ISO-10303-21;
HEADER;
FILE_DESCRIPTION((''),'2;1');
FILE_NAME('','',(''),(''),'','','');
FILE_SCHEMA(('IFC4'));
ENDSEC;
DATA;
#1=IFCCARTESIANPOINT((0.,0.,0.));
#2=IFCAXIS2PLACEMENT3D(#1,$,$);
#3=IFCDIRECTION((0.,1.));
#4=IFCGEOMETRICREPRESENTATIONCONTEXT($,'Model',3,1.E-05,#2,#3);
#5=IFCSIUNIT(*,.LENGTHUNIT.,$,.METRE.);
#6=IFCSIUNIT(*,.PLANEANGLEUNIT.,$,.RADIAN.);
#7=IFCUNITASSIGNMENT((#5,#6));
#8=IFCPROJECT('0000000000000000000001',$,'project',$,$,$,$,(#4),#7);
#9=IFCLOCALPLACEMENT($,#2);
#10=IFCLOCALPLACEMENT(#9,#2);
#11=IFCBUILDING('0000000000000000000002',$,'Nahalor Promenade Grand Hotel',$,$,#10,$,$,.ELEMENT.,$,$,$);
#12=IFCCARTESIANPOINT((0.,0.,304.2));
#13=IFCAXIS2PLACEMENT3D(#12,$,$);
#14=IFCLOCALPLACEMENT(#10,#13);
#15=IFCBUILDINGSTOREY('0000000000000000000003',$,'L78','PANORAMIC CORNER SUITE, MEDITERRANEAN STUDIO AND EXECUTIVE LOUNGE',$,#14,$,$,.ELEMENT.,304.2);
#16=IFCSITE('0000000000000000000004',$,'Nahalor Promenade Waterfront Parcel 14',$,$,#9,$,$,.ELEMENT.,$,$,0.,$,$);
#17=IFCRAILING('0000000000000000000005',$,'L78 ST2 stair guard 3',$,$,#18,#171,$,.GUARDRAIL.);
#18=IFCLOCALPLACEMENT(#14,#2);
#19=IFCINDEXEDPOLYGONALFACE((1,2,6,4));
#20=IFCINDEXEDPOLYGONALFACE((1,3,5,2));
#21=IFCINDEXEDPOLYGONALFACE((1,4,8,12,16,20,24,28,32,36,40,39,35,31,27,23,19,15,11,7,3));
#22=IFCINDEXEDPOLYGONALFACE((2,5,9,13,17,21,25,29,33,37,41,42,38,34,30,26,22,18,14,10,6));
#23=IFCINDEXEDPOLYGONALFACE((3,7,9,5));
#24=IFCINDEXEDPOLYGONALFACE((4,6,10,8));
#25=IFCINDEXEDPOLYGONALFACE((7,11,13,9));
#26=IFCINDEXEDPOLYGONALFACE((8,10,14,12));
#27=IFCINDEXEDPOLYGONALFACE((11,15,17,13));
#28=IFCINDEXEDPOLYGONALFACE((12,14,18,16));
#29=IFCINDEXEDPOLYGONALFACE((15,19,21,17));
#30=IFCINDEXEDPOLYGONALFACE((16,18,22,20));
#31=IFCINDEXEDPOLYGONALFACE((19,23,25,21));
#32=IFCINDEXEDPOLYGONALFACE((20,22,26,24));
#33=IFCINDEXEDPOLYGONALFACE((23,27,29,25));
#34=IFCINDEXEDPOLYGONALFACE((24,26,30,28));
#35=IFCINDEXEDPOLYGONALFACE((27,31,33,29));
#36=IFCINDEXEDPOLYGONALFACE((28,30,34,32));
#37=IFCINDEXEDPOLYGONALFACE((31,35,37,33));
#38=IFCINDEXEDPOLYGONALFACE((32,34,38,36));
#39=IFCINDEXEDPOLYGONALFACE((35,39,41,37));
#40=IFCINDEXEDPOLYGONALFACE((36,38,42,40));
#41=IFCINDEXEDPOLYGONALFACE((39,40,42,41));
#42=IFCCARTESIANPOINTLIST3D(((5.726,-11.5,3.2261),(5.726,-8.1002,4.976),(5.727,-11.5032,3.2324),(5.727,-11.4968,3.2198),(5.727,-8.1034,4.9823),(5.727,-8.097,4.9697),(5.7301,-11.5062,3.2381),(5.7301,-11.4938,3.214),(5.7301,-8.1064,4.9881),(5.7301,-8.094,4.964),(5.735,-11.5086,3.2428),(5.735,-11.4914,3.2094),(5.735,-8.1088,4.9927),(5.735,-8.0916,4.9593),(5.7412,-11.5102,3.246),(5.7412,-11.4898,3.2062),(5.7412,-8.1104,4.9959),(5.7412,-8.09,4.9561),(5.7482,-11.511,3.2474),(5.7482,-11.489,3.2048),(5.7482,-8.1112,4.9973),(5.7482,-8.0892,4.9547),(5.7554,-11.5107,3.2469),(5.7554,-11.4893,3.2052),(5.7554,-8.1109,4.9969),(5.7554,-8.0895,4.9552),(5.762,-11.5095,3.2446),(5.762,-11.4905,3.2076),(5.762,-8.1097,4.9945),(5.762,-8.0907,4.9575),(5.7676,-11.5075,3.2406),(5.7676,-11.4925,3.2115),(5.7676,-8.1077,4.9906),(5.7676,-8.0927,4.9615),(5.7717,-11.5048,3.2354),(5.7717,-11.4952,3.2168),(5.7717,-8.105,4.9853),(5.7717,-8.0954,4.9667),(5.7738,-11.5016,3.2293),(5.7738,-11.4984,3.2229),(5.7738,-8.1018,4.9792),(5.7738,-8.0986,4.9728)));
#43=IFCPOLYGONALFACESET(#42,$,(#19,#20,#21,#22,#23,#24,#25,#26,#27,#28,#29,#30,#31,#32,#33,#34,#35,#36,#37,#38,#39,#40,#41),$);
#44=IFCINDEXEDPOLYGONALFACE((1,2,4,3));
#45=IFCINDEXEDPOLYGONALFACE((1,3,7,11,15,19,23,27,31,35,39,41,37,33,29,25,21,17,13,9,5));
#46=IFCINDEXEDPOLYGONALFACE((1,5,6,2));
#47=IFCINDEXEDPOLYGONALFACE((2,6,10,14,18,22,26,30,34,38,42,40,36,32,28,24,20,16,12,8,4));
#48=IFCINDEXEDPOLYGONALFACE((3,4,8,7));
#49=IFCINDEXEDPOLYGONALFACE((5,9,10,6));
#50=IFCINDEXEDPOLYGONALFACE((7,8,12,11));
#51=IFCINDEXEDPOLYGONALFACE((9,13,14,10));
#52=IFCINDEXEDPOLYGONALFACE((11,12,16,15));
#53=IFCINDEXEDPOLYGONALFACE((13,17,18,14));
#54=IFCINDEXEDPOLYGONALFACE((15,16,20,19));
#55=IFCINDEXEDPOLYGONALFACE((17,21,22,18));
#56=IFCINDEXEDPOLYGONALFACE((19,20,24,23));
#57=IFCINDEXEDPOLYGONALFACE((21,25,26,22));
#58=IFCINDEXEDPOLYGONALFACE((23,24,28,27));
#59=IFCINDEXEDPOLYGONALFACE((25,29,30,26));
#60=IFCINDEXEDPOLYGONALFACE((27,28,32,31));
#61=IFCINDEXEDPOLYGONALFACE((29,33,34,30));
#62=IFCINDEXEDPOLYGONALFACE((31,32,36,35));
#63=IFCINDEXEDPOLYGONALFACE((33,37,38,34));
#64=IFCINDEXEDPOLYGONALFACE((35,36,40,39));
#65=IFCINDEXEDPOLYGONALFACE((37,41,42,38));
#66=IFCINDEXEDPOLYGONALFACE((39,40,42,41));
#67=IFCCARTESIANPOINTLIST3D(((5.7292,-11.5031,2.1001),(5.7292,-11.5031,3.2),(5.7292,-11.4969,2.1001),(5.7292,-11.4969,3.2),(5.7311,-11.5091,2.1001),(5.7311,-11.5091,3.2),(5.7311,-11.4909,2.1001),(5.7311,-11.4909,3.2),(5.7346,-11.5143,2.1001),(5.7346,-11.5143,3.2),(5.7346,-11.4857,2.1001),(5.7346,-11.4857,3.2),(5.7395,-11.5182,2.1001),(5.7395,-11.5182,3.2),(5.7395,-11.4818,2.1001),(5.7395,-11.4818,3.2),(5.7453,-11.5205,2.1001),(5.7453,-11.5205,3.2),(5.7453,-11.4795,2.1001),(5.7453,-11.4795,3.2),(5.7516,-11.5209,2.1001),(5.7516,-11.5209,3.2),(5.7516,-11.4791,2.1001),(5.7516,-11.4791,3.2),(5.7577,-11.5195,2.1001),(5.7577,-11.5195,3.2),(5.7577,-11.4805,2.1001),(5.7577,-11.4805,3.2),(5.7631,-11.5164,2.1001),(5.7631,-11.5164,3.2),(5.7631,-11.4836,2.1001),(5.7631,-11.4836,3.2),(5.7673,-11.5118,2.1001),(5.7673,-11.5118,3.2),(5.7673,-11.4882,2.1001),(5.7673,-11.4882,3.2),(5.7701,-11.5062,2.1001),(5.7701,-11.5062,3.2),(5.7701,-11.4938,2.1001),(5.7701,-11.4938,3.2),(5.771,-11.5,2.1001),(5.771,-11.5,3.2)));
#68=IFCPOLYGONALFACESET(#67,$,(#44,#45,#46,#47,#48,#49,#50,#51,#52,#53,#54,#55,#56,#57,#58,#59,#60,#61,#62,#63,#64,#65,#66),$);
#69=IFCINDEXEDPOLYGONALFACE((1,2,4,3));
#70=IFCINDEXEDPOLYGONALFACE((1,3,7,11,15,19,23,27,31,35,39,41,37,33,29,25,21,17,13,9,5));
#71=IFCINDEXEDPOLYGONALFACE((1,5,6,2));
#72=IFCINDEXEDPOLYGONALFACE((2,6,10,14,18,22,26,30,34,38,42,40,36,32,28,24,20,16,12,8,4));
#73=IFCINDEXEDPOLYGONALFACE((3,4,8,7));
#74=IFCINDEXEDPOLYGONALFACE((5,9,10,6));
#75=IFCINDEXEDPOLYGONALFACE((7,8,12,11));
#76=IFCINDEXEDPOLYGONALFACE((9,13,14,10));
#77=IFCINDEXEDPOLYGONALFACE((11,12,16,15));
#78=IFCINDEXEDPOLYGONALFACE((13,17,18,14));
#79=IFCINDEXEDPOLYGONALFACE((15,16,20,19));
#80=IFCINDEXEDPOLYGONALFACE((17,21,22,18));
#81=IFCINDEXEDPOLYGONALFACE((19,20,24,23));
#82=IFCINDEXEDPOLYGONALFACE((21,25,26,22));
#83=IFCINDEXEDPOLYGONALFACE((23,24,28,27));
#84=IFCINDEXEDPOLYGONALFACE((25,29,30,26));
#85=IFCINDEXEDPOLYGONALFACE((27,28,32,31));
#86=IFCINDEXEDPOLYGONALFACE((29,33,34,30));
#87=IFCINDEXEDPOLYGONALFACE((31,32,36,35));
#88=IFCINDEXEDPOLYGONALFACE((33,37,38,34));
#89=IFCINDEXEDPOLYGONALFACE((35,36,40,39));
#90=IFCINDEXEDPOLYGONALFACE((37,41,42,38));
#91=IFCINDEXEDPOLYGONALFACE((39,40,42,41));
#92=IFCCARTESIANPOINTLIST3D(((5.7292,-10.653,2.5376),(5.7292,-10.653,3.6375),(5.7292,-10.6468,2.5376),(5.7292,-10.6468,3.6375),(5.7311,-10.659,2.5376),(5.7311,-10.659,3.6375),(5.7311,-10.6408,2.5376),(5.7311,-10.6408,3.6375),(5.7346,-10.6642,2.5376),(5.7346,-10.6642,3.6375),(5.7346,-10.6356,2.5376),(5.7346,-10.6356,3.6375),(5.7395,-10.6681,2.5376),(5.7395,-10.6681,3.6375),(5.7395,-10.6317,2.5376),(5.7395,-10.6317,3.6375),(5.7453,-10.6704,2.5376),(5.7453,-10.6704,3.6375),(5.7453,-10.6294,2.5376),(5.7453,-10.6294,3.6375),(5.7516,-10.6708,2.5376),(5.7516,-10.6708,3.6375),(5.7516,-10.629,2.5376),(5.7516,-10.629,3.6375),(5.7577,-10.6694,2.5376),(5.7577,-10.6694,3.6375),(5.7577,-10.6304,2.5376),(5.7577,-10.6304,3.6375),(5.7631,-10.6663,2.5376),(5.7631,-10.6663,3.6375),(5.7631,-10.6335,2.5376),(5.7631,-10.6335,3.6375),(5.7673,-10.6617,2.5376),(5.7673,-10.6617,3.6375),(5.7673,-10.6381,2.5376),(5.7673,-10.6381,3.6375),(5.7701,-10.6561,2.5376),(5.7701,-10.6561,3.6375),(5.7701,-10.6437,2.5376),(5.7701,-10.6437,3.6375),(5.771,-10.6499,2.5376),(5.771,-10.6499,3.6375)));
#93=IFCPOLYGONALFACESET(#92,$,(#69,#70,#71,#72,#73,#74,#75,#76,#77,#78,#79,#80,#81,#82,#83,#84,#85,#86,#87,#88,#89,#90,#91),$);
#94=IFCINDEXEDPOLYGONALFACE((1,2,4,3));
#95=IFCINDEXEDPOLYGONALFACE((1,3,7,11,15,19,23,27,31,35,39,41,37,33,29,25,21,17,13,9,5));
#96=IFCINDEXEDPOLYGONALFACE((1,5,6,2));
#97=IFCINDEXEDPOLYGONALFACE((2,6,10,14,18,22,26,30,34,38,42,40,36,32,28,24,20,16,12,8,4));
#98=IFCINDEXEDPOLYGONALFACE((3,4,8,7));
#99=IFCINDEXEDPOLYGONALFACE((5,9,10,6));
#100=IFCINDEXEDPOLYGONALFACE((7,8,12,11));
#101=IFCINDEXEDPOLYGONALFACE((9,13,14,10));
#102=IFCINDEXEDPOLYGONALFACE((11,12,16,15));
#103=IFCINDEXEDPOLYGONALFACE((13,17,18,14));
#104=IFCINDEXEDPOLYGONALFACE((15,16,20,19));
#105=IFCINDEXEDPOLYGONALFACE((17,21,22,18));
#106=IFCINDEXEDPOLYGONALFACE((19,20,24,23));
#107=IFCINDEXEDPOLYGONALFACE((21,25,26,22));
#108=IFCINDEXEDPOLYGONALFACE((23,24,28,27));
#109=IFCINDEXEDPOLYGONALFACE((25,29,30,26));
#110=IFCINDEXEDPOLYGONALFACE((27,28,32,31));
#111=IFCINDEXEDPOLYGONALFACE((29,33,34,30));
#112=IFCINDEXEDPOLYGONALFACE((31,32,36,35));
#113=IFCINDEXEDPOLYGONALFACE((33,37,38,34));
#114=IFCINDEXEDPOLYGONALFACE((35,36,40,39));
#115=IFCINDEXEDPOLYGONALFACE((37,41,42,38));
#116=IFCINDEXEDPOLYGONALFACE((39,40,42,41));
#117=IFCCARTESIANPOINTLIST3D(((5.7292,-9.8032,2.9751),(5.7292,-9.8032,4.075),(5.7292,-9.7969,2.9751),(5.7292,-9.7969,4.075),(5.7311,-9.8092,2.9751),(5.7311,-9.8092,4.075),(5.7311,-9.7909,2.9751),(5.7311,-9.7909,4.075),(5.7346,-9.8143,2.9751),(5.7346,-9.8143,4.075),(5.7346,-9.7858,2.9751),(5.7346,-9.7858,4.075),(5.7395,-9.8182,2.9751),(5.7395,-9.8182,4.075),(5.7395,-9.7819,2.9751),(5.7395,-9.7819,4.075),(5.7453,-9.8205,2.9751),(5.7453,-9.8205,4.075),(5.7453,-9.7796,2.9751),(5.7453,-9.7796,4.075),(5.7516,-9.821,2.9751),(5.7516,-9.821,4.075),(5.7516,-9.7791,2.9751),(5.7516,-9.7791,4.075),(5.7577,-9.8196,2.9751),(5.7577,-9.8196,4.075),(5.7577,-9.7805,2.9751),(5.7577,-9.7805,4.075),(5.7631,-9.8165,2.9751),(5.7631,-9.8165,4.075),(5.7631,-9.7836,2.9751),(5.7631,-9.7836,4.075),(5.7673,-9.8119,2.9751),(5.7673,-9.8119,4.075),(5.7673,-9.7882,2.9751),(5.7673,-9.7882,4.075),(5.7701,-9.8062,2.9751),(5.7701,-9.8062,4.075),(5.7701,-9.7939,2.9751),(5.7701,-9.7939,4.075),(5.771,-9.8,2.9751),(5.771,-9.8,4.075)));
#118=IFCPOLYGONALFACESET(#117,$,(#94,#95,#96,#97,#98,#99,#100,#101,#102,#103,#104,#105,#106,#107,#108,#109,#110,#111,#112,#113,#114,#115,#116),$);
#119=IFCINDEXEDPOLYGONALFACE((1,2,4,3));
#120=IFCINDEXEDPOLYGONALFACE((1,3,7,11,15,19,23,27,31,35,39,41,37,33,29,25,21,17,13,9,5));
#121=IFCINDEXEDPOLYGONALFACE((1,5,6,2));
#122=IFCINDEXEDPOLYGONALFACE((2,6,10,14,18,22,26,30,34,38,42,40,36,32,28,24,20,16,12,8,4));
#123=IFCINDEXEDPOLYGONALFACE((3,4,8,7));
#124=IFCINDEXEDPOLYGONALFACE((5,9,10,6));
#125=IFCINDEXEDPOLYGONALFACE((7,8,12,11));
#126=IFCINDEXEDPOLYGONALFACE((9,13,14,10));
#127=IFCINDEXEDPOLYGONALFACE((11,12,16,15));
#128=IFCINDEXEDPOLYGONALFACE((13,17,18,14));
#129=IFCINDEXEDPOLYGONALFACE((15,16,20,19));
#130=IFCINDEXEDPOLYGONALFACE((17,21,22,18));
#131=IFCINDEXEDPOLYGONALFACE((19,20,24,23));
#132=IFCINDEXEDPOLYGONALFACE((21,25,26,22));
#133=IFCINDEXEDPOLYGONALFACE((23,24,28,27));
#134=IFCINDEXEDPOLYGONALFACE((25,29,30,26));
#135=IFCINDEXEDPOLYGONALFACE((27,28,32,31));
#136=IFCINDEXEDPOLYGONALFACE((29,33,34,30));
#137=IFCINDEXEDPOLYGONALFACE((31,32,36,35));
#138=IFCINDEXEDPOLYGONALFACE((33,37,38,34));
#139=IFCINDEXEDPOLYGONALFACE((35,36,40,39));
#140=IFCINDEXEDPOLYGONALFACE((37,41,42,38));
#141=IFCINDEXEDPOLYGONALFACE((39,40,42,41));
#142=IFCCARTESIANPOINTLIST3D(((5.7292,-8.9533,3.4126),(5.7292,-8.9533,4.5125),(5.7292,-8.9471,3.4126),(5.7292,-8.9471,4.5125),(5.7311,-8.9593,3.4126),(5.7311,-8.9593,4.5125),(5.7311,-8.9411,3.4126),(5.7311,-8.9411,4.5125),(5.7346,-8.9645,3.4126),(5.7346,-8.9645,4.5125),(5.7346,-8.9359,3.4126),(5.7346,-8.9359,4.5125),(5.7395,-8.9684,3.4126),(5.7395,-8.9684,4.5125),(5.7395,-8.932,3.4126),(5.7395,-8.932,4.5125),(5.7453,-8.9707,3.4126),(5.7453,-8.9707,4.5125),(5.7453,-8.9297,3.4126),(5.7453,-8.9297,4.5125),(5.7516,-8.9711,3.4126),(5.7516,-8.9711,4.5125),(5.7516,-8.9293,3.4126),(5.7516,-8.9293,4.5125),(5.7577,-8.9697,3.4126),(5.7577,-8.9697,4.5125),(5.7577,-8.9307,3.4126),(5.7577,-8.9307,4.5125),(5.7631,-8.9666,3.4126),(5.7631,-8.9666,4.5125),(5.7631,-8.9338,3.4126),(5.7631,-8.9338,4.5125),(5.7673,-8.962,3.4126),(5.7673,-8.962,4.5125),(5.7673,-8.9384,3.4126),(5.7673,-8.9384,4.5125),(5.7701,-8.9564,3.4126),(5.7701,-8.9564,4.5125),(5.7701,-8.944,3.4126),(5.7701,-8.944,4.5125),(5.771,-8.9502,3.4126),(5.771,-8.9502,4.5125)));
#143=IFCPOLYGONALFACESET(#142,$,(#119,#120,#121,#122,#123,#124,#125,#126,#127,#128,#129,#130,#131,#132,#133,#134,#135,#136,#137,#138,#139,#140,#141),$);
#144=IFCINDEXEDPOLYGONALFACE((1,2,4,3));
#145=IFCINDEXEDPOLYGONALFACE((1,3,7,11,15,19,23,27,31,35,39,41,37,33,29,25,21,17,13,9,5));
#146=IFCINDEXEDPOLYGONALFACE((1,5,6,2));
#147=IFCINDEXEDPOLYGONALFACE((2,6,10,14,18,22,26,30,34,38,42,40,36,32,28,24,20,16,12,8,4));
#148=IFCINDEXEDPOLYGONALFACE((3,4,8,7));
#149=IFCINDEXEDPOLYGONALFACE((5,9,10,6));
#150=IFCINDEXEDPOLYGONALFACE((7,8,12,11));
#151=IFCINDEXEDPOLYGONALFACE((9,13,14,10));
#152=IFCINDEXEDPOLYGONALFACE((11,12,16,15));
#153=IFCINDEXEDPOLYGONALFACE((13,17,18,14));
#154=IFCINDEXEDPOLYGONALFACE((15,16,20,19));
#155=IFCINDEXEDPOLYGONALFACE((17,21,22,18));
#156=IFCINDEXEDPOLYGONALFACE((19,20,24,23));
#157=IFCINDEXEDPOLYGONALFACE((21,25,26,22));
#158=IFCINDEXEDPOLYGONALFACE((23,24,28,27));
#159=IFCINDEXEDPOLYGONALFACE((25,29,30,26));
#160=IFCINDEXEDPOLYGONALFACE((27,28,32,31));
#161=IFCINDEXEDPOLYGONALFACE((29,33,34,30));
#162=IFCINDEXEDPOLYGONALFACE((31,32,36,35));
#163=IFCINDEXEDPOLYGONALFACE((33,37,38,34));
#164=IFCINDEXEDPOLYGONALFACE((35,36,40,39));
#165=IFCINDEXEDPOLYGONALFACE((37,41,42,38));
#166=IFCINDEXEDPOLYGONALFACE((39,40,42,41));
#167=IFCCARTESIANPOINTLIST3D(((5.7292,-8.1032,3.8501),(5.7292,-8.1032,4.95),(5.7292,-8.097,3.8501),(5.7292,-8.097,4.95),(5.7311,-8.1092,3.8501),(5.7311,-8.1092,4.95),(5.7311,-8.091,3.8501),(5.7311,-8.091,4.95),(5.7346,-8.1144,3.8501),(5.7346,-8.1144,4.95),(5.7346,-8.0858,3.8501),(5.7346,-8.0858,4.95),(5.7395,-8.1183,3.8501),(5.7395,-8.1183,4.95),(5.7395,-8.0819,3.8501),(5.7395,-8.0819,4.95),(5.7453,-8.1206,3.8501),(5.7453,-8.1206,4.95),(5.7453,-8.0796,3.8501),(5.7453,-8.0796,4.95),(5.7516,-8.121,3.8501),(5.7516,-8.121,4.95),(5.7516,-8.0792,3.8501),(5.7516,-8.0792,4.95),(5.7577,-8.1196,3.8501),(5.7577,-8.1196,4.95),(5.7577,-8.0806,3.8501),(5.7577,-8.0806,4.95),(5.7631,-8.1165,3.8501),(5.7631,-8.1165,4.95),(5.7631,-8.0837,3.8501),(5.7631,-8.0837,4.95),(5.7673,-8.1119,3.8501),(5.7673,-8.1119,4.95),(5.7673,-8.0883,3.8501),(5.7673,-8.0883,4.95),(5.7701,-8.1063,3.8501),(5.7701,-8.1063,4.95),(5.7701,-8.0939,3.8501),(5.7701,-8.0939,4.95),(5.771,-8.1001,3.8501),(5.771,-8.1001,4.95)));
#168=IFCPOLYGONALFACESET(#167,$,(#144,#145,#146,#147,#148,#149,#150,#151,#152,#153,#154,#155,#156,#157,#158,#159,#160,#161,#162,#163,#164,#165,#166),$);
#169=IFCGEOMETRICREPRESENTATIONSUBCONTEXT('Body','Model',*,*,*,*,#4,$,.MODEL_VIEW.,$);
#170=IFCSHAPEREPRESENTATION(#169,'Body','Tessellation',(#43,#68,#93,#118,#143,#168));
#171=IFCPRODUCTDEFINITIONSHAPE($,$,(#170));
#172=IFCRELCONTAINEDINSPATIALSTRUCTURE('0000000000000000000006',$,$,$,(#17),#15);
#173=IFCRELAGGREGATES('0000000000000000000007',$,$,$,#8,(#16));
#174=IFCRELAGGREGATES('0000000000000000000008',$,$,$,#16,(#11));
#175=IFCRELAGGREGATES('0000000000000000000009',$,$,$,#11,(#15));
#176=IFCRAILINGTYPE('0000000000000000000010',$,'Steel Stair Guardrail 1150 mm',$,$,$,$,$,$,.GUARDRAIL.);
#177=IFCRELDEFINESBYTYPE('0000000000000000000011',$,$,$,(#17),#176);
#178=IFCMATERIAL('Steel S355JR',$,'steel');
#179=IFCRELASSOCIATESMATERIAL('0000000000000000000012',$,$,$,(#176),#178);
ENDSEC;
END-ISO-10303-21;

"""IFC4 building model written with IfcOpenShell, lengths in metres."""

from ifc_helpers import new_model, si_unit, direction, frame, origin, origin_2d, place, context, subcontext, project, spatial, circle, extrude, material, type_object, element, save


model = new_model("IFC4")

# Units and contexts
model_context = context("Model", 3, precision=1e-05, world=origin(), true_north=direction((0.0, 1.0)))
body_context = subcontext(model_context, "Body", "Model", "MODEL_VIEW")
ifc_project = project(units=[si_unit("LENGTHUNIT", "METRE"), si_unit("PLANEANGLEUNIT", "RADIAN")], contexts=[model_context])

# Site, building, storey
site_placement = place(None, origin())
site = spatial("IfcSite", under=ifc_project, at=site_placement, Name="Nahalor Promenade Waterfront Parcel 14", CompositionType="ELEMENT", RefElevation=0.0)
building_placement = place(site_placement, origin())
building = spatial("IfcBuilding", under=site, at=building_placement, Name="Nahalor Promenade Grand Hotel", CompositionType="ELEMENT")
storey_placement = place(building_placement, frame((0.0, 0.0, 304.2)))
storey = spatial("IfcBuildingStorey", under=building, at=storey_placement, Name="L78", Description="PANORAMIC CORNER SUITE, MEDITERRANEAN STUDIO AND EXECUTIVE LOUNGE", CompositionType="ELEMENT", Elevation=304.2)

# Shared definitions
ifc_material_1 = material(Name="Steel S355JR", Category="steel")

# Railing
railing_type_1 = type_object("IfcRailingType", Name="Steel Stair Guardrail 1150 mm", PredefinedType="GUARDRAIL", material=ifc_material_1)
railing_1_placement = place(storey_placement, frame((5.75, -11.5, 2.1001)))
element("IfcRailing", 1, at=railing_1_placement, inside=storey, type_object=railing_type_1, Name="L78 ST2 stair guard 3", PredefinedType="GUARDRAIL", context=body_context, shape_type="SweptSolid", body=[
    extrude(circle(Radius=0.024, at=origin_2d()), frame((0.0, 0.0, 1.126), z_axis=(0.0, 0.88913, 0.457654), x_axis=(-1.0, 0.0, 0.0)), (0.0, 0.0, 1.0), 3.8237),
    extrude(circle(Radius=0.021, at=origin_2d()), origin(), (0.0, 0.0, 1.0), 1.0999),
    extrude(circle(Radius=0.021, at=origin_2d()), frame((0.0, 0.8501, 0.4375)), (0.0, 0.0, 1.0), 1.0999),
    extrude(circle(Radius=0.021, at=origin_2d()), frame((0.0, 1.7, 0.875)), (0.0, 0.0, 1.0), 1.0999),
    extrude(circle(Radius=0.021, at=origin_2d()), frame((0.0, 2.5498, 1.3125)), (0.0, 0.0, 1.0), 1.0999),
    extrude(circle(Radius=0.021, at=origin_2d()), frame((0.0, 3.3999, 1.75)), (0.0, 0.0, 1.0), 1.0999),
])

save(model, "model.ifc")
